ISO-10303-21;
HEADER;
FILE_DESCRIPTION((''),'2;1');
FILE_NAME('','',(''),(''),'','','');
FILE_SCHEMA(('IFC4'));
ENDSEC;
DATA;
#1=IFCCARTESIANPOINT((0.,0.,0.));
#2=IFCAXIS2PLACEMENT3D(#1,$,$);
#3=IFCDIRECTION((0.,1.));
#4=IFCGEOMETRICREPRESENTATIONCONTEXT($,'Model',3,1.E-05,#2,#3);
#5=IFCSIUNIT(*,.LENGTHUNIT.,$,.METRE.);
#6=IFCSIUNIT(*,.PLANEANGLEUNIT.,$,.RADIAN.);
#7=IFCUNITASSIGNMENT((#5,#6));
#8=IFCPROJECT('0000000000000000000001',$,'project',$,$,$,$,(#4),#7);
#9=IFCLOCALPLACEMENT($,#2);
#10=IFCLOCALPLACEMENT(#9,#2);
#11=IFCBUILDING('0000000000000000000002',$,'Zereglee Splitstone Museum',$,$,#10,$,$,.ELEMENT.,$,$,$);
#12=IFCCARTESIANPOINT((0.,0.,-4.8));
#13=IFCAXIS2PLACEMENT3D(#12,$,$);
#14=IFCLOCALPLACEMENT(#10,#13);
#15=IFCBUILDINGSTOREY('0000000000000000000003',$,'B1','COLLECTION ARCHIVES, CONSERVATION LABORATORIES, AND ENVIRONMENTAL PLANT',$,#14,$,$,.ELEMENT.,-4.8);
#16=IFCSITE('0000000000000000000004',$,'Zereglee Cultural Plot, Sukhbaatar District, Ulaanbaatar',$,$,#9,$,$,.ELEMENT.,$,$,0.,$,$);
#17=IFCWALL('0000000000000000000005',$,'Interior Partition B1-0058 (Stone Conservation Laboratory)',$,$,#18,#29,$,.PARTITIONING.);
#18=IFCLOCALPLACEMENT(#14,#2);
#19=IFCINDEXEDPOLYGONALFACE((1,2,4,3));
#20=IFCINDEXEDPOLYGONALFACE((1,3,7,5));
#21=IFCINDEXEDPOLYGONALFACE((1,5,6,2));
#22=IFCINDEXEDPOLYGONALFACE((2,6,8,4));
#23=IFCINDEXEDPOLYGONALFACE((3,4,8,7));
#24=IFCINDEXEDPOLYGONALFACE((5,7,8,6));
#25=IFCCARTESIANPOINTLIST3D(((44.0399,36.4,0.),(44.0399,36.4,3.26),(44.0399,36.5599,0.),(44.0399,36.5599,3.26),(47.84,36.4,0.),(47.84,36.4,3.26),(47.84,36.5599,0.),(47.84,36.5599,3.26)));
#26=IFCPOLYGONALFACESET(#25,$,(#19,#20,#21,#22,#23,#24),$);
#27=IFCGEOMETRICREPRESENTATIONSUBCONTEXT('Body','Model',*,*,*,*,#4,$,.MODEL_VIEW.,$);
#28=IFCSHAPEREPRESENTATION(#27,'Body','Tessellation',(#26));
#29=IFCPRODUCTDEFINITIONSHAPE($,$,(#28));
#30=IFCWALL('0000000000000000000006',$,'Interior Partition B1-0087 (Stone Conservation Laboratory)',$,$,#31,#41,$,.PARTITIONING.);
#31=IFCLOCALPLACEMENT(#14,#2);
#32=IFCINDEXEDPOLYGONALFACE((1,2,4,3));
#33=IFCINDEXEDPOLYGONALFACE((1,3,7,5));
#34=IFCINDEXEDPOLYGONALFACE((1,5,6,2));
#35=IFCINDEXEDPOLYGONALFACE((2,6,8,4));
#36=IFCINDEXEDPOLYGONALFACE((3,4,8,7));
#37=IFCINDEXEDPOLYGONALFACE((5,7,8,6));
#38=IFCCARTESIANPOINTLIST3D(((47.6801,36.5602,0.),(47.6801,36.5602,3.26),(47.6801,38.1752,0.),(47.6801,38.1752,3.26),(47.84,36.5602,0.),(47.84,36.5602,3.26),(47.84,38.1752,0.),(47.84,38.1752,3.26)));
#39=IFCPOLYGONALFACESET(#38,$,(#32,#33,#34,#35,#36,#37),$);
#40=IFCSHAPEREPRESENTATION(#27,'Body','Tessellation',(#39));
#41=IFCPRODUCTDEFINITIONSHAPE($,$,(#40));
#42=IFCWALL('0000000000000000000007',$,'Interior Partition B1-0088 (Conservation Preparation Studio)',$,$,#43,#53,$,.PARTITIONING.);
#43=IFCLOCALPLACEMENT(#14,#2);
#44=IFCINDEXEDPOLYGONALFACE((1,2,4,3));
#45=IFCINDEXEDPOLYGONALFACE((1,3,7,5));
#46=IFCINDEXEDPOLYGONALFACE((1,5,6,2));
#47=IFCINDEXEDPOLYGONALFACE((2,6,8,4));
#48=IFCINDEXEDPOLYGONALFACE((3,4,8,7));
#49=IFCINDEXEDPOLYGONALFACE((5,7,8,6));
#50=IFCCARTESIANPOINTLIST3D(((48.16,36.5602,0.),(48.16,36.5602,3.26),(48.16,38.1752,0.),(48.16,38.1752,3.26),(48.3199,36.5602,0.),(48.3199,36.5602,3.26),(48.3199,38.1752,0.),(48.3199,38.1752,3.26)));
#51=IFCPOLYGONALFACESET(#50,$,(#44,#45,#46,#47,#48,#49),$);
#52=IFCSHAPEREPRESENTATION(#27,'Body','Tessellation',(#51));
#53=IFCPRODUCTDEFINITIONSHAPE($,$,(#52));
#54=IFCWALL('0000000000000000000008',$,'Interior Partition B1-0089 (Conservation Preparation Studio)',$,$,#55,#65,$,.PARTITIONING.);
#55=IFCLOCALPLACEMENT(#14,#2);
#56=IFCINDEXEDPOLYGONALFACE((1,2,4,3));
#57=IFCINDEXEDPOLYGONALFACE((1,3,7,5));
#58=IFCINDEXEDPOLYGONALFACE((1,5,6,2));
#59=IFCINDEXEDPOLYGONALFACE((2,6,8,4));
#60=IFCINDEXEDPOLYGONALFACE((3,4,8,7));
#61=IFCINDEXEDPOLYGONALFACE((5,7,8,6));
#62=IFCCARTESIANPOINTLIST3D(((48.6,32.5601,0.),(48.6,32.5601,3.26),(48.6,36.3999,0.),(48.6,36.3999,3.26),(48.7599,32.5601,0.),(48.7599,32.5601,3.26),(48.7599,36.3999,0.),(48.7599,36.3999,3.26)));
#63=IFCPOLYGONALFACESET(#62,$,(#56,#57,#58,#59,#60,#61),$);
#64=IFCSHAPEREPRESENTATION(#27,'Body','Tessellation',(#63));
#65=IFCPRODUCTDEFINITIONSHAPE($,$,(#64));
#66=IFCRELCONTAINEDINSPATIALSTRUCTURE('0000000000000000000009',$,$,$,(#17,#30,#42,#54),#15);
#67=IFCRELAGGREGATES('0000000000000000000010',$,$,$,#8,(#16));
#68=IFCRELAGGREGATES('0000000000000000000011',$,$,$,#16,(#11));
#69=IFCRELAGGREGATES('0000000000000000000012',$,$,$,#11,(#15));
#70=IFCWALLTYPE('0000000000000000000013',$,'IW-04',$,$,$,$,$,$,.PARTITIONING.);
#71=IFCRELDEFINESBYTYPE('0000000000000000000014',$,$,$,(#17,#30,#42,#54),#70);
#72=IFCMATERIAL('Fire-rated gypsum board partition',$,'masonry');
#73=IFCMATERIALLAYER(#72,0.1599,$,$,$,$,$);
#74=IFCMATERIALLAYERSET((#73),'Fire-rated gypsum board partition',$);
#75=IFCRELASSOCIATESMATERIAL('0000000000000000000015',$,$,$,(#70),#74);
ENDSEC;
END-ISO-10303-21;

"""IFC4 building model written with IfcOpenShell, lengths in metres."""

from ifc_helpers import new_model, si_unit, direction, frame, frame_2d, origin, place, context, subcontext, project, spatial, rectangle, extrude, material, layer, layer_set, type_object, element, save


model = new_model("IFC4")

# Units and contexts
model_context = context("Model", 3, precision=1e-05, world=origin(), true_north=direction((0.0, 1.0)))
body_context = subcontext(model_context, "Body", "Model", "MODEL_VIEW")
ifc_project = project(units=[si_unit("LENGTHUNIT", "METRE"), si_unit("PLANEANGLEUNIT", "RADIAN")], contexts=[model_context])

# Site, building, storey
site_placement = place(None, origin())
site = spatial("IfcSite", under=ifc_project, at=site_placement, Name="Zereglee Cultural Plot, Sukhbaatar District, Ulaanbaatar", CompositionType="ELEMENT", RefElevation=0.0)
building_placement = place(site_placement, origin())
building = spatial("IfcBuilding", under=site, at=building_placement, Name="Zereglee Splitstone Museum", CompositionType="ELEMENT")
storey_placement = place(building_placement, frame((0.0, 0.0, -4.8)))
storey = spatial("IfcBuildingStorey", under=building, at=storey_placement, Name="B1", Description="COLLECTION ARCHIVES, CONSERVATION LABORATORIES, AND ENVIRONMENTAL PLANT", CompositionType="ELEMENT", Elevation=-4.8)

# Shared definitions
ifc_material_1 = material(Name="Fire-rated gypsum board partition", Category="masonry")
ifc_layer_1 = layer(ifc_material_1, 0.1599)
ifc_layer_set_1 = layer_set([ifc_layer_1], Name="Fire-rated gypsum board partition")
wall_type_1 = type_object("IfcWallType", Name="IW-04", PredefinedType="PARTITIONING", material=ifc_layer_set_1)

# Walls
wall_1_placement = place(storey_placement, frame((44.04, 36.48, 0.0), z_axis=(0.0, 0.0, 1.0), x_axis=(1.0, 0.0, 0.0)))
element("IfcWall", 1, at=wall_1_placement, inside=storey, type_object=wall_type_1, Name="Interior Partition B1-0058 (Stone Conservation Laboratory)", PredefinedType="PARTITIONING", context=body_context, shape_type="SweptSolid", body=[
    extrude(rectangle(XDim=3.8, YDim=0.1599, at=frame_2d((1.8999, 0.0))), origin(), (0.0, 0.0, 1.0), 3.26),
])
for number, where, z_axis, x_axis, name in (
    (2, (47.76, 36.5601, 0.0), (0.0, 0.0, 1.0), (0.0, 1.0, 0.0), "Interior Partition B1-0087 (Stone Conservation Laboratory)"),
    (3, (48.24, 36.5601, 0.0), (0.0, 0.0, 1.0), (0.0, 1.0, 0.0), "Interior Partition B1-0088 (Conservation Preparation Studio)"),
):
    element("IfcWall", number, at=place(storey_placement, frame(where, z_axis=z_axis, x_axis=x_axis)), inside=storey, type_object=wall_type_1, Name=name, PredefinedType="PARTITIONING", context=body_context, shape_type="SweptSolid", body=[
        extrude(rectangle(XDim=1.615, YDim=0.1599, at=frame_2d((0.8076, 0.0))), origin(), (0.0, 0.0, 1.0), 3.26),
    ])
wall_2_placement = place(storey_placement, frame((48.6799, 32.5601, 0.0), z_axis=(0.0, 0.0, 1.0), x_axis=(0.0, 1.0, 0.0)))
element("IfcWall", 4, at=wall_2_placement, inside=storey, type_object=wall_type_1, Name="Interior Partition B1-0089 (Conservation Preparation Studio)", PredefinedType="PARTITIONING", context=body_context, shape_type="SweptSolid", body=[
    extrude(rectangle(XDim=3.8398, YDim=0.1599, at=frame_2d((1.9199, 0.0))), origin(), (0.0, 0.0, 1.0), 3.26),
])

save(model, "model.ifc")
